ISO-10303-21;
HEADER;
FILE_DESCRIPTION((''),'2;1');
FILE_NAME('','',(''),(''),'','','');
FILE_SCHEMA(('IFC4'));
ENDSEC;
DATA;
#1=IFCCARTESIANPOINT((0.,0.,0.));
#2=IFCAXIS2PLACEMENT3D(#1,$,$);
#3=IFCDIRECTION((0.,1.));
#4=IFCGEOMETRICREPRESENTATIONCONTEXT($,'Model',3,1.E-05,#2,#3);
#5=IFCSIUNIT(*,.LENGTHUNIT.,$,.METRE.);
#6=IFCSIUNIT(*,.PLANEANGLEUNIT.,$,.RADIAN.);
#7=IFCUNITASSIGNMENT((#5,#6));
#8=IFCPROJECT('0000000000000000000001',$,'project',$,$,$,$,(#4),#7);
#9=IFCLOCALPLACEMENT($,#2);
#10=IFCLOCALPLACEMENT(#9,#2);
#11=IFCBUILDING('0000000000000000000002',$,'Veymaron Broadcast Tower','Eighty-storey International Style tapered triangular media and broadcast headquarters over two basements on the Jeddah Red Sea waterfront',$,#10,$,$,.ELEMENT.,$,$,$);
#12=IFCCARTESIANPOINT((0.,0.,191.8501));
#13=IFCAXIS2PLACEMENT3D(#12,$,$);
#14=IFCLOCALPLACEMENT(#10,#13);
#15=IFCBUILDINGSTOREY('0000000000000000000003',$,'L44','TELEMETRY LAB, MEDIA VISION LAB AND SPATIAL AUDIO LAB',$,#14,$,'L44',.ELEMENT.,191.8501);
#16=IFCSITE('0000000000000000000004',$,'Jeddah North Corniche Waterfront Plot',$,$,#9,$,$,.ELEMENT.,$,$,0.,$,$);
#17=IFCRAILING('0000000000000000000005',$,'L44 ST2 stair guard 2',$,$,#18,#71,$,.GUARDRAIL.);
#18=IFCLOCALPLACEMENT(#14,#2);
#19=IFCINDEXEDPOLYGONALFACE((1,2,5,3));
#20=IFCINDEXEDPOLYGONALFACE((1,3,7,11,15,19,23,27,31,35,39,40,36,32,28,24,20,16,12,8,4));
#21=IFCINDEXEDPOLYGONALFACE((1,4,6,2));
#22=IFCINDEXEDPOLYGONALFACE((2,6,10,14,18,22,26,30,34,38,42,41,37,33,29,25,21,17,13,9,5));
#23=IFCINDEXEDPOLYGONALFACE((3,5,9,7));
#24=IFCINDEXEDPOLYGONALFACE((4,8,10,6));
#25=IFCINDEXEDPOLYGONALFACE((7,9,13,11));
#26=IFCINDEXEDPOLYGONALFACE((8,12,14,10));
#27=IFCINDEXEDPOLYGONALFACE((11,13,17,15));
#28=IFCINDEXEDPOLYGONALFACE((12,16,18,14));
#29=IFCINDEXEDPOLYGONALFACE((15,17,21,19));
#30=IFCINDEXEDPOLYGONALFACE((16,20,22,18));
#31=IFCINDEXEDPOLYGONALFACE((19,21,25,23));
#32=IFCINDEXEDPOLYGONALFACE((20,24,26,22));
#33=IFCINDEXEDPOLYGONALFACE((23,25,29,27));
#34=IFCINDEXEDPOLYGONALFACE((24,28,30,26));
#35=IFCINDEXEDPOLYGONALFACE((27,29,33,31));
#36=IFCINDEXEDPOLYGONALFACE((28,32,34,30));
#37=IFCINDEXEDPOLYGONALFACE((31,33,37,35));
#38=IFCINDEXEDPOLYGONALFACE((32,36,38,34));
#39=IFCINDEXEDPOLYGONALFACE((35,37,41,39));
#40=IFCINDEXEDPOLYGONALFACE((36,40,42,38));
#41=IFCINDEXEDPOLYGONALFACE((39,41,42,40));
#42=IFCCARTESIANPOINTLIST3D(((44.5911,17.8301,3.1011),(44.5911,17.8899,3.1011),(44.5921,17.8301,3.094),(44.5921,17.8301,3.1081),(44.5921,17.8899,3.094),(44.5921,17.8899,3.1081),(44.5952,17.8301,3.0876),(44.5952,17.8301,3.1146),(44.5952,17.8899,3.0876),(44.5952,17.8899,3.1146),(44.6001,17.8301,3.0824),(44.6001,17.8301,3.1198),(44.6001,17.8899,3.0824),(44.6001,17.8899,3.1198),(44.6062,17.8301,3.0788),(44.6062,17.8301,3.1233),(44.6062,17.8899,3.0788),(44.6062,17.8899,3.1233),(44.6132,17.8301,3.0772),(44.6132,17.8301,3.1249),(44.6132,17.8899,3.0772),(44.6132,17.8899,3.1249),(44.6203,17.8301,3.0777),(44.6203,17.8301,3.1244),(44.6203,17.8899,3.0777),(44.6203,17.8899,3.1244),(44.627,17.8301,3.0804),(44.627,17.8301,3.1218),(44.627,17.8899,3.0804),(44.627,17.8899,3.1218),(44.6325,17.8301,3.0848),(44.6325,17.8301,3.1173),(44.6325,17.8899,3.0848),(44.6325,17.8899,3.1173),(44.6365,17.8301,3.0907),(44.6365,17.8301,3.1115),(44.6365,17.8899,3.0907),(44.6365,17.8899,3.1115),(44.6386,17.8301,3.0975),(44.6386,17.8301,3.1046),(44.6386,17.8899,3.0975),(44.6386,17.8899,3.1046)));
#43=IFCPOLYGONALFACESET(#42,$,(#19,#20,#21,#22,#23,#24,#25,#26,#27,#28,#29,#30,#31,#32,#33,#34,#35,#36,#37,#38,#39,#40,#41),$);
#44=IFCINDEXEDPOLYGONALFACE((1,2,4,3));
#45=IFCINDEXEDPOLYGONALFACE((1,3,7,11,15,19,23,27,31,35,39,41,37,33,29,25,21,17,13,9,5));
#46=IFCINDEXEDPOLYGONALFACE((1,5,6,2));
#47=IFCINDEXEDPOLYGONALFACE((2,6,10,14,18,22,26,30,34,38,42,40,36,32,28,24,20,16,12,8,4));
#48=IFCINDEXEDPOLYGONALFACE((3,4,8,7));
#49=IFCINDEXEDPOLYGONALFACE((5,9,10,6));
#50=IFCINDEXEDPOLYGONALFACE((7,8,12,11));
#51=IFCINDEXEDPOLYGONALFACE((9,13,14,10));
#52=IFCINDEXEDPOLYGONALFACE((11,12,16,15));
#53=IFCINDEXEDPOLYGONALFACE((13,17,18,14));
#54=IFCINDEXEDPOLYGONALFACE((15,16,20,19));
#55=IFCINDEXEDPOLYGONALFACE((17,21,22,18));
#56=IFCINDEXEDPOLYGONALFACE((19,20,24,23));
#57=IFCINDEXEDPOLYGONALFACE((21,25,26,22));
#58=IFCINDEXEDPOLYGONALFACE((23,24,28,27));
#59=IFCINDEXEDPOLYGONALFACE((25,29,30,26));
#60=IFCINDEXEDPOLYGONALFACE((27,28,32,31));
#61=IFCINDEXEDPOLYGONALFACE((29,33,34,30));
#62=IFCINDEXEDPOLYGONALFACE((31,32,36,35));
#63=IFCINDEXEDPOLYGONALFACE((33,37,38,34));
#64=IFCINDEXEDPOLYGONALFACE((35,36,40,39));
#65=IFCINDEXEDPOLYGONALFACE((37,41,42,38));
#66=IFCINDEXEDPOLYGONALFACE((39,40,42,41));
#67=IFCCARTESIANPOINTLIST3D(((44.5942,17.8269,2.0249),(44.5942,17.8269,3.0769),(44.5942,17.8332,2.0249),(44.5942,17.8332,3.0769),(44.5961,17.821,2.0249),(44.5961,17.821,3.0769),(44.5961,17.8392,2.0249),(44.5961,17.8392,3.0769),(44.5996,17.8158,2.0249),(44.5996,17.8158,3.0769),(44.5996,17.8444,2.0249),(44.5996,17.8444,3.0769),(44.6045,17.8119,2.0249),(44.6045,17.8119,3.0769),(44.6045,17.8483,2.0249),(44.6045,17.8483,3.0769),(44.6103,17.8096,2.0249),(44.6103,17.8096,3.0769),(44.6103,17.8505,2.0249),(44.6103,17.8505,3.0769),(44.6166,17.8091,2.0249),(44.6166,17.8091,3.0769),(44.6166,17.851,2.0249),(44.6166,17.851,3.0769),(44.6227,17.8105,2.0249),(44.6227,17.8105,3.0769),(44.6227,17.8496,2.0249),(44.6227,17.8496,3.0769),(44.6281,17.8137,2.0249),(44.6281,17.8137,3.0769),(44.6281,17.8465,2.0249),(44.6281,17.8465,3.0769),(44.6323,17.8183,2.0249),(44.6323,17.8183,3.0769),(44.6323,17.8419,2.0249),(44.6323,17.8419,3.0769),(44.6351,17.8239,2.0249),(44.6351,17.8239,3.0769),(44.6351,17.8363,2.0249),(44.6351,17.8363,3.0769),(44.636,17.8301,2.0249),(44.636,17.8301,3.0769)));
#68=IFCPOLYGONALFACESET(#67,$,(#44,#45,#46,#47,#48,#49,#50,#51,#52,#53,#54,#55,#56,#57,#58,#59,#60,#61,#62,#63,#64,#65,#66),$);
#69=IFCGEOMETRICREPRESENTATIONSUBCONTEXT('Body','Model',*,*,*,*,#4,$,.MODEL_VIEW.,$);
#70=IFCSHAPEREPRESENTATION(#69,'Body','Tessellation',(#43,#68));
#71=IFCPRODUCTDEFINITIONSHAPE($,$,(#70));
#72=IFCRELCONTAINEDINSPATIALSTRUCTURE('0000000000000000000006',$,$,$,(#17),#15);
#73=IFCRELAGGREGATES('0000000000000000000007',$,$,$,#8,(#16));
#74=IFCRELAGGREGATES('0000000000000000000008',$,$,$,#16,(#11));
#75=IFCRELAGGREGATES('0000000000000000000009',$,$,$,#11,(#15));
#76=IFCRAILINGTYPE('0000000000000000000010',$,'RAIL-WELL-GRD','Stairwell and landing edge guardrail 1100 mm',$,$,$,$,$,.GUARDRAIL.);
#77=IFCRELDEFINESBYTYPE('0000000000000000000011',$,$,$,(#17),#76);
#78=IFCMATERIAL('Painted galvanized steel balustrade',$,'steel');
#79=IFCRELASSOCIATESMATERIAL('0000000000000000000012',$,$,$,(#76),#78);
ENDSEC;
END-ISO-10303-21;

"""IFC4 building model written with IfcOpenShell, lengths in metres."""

from ifc_helpers import new_model, si_unit, direction, frame, origin, origin_2d, place, context, subcontext, project, spatial, circle, extrude, material, type_object, element, save


model = new_model("IFC4")

# Units and contexts
model_context = context("Model", 3, precision=1e-05, world=origin(), true_north=direction((0.0, 1.0)))
body_context = subcontext(model_context, "Body", "Model", "MODEL_VIEW")
ifc_project = project(units=[si_unit("LENGTHUNIT", "METRE"), si_unit("PLANEANGLEUNIT", "RADIAN")], contexts=[model_context])

# Site, building, storey
site_placement = place(None, origin())
site = spatial("IfcSite", under=ifc_project, at=site_placement, Name="Jeddah North Corniche Waterfront Plot", CompositionType="ELEMENT", RefElevation=0.0)
building_placement = place(site_placement, origin())
building = spatial("IfcBuilding", under=site, at=building_placement, Name="Veymaron Broadcast Tower", Description="Eighty-storey International Style tapered triangular media and broadcast headquarters over two basements on the Jeddah Red Sea waterfront", CompositionType="ELEMENT")
storey_placement = place(building_placement, frame((0.0, 0.0, 191.8501)))
storey = spatial("IfcBuildingStorey", under=building, at=storey_placement, Name="L44", Description="TELEMETRY LAB, MEDIA VISION LAB AND SPATIAL AUDIO LAB", LongName="L44", CompositionType="ELEMENT", Elevation=191.8501)

# Railing
ifc_material_1 = material(Name="Painted galvanized steel balustrade", Category="steel")
railing_type_1 = type_object("IfcRailingType", Name="RAIL-WELL-GRD", Description="Stairwell and landing edge guardrail 1100 mm", PredefinedType="GUARDRAIL", material=ifc_material_1)
railing_1_placement = place(storey_placement, frame((44.615, 17.8301, 2.0249)))
element("IfcRailing", 1, at=railing_1_placement, inside=storey, type_object=railing_type_1, Name="L44 ST2 stair guard 2", PredefinedType="GUARDRAIL", context=body_context, shape_type="SweptSolid", body=[
    extrude(circle(Radius=0.0239, at=origin_2d()), frame((0.0, 0.0, 1.0762), z_axis=(0.0, 1.0, 0.0), x_axis=(-1.0, 0.0, 0.0)), (0.0, 0.0, 1.0), 0.0598),
    extrude(circle(Radius=0.021, at=origin_2d()), origin(), (0.0, 0.0, 1.0), 1.052),
])

save(model, "model.ifc")
